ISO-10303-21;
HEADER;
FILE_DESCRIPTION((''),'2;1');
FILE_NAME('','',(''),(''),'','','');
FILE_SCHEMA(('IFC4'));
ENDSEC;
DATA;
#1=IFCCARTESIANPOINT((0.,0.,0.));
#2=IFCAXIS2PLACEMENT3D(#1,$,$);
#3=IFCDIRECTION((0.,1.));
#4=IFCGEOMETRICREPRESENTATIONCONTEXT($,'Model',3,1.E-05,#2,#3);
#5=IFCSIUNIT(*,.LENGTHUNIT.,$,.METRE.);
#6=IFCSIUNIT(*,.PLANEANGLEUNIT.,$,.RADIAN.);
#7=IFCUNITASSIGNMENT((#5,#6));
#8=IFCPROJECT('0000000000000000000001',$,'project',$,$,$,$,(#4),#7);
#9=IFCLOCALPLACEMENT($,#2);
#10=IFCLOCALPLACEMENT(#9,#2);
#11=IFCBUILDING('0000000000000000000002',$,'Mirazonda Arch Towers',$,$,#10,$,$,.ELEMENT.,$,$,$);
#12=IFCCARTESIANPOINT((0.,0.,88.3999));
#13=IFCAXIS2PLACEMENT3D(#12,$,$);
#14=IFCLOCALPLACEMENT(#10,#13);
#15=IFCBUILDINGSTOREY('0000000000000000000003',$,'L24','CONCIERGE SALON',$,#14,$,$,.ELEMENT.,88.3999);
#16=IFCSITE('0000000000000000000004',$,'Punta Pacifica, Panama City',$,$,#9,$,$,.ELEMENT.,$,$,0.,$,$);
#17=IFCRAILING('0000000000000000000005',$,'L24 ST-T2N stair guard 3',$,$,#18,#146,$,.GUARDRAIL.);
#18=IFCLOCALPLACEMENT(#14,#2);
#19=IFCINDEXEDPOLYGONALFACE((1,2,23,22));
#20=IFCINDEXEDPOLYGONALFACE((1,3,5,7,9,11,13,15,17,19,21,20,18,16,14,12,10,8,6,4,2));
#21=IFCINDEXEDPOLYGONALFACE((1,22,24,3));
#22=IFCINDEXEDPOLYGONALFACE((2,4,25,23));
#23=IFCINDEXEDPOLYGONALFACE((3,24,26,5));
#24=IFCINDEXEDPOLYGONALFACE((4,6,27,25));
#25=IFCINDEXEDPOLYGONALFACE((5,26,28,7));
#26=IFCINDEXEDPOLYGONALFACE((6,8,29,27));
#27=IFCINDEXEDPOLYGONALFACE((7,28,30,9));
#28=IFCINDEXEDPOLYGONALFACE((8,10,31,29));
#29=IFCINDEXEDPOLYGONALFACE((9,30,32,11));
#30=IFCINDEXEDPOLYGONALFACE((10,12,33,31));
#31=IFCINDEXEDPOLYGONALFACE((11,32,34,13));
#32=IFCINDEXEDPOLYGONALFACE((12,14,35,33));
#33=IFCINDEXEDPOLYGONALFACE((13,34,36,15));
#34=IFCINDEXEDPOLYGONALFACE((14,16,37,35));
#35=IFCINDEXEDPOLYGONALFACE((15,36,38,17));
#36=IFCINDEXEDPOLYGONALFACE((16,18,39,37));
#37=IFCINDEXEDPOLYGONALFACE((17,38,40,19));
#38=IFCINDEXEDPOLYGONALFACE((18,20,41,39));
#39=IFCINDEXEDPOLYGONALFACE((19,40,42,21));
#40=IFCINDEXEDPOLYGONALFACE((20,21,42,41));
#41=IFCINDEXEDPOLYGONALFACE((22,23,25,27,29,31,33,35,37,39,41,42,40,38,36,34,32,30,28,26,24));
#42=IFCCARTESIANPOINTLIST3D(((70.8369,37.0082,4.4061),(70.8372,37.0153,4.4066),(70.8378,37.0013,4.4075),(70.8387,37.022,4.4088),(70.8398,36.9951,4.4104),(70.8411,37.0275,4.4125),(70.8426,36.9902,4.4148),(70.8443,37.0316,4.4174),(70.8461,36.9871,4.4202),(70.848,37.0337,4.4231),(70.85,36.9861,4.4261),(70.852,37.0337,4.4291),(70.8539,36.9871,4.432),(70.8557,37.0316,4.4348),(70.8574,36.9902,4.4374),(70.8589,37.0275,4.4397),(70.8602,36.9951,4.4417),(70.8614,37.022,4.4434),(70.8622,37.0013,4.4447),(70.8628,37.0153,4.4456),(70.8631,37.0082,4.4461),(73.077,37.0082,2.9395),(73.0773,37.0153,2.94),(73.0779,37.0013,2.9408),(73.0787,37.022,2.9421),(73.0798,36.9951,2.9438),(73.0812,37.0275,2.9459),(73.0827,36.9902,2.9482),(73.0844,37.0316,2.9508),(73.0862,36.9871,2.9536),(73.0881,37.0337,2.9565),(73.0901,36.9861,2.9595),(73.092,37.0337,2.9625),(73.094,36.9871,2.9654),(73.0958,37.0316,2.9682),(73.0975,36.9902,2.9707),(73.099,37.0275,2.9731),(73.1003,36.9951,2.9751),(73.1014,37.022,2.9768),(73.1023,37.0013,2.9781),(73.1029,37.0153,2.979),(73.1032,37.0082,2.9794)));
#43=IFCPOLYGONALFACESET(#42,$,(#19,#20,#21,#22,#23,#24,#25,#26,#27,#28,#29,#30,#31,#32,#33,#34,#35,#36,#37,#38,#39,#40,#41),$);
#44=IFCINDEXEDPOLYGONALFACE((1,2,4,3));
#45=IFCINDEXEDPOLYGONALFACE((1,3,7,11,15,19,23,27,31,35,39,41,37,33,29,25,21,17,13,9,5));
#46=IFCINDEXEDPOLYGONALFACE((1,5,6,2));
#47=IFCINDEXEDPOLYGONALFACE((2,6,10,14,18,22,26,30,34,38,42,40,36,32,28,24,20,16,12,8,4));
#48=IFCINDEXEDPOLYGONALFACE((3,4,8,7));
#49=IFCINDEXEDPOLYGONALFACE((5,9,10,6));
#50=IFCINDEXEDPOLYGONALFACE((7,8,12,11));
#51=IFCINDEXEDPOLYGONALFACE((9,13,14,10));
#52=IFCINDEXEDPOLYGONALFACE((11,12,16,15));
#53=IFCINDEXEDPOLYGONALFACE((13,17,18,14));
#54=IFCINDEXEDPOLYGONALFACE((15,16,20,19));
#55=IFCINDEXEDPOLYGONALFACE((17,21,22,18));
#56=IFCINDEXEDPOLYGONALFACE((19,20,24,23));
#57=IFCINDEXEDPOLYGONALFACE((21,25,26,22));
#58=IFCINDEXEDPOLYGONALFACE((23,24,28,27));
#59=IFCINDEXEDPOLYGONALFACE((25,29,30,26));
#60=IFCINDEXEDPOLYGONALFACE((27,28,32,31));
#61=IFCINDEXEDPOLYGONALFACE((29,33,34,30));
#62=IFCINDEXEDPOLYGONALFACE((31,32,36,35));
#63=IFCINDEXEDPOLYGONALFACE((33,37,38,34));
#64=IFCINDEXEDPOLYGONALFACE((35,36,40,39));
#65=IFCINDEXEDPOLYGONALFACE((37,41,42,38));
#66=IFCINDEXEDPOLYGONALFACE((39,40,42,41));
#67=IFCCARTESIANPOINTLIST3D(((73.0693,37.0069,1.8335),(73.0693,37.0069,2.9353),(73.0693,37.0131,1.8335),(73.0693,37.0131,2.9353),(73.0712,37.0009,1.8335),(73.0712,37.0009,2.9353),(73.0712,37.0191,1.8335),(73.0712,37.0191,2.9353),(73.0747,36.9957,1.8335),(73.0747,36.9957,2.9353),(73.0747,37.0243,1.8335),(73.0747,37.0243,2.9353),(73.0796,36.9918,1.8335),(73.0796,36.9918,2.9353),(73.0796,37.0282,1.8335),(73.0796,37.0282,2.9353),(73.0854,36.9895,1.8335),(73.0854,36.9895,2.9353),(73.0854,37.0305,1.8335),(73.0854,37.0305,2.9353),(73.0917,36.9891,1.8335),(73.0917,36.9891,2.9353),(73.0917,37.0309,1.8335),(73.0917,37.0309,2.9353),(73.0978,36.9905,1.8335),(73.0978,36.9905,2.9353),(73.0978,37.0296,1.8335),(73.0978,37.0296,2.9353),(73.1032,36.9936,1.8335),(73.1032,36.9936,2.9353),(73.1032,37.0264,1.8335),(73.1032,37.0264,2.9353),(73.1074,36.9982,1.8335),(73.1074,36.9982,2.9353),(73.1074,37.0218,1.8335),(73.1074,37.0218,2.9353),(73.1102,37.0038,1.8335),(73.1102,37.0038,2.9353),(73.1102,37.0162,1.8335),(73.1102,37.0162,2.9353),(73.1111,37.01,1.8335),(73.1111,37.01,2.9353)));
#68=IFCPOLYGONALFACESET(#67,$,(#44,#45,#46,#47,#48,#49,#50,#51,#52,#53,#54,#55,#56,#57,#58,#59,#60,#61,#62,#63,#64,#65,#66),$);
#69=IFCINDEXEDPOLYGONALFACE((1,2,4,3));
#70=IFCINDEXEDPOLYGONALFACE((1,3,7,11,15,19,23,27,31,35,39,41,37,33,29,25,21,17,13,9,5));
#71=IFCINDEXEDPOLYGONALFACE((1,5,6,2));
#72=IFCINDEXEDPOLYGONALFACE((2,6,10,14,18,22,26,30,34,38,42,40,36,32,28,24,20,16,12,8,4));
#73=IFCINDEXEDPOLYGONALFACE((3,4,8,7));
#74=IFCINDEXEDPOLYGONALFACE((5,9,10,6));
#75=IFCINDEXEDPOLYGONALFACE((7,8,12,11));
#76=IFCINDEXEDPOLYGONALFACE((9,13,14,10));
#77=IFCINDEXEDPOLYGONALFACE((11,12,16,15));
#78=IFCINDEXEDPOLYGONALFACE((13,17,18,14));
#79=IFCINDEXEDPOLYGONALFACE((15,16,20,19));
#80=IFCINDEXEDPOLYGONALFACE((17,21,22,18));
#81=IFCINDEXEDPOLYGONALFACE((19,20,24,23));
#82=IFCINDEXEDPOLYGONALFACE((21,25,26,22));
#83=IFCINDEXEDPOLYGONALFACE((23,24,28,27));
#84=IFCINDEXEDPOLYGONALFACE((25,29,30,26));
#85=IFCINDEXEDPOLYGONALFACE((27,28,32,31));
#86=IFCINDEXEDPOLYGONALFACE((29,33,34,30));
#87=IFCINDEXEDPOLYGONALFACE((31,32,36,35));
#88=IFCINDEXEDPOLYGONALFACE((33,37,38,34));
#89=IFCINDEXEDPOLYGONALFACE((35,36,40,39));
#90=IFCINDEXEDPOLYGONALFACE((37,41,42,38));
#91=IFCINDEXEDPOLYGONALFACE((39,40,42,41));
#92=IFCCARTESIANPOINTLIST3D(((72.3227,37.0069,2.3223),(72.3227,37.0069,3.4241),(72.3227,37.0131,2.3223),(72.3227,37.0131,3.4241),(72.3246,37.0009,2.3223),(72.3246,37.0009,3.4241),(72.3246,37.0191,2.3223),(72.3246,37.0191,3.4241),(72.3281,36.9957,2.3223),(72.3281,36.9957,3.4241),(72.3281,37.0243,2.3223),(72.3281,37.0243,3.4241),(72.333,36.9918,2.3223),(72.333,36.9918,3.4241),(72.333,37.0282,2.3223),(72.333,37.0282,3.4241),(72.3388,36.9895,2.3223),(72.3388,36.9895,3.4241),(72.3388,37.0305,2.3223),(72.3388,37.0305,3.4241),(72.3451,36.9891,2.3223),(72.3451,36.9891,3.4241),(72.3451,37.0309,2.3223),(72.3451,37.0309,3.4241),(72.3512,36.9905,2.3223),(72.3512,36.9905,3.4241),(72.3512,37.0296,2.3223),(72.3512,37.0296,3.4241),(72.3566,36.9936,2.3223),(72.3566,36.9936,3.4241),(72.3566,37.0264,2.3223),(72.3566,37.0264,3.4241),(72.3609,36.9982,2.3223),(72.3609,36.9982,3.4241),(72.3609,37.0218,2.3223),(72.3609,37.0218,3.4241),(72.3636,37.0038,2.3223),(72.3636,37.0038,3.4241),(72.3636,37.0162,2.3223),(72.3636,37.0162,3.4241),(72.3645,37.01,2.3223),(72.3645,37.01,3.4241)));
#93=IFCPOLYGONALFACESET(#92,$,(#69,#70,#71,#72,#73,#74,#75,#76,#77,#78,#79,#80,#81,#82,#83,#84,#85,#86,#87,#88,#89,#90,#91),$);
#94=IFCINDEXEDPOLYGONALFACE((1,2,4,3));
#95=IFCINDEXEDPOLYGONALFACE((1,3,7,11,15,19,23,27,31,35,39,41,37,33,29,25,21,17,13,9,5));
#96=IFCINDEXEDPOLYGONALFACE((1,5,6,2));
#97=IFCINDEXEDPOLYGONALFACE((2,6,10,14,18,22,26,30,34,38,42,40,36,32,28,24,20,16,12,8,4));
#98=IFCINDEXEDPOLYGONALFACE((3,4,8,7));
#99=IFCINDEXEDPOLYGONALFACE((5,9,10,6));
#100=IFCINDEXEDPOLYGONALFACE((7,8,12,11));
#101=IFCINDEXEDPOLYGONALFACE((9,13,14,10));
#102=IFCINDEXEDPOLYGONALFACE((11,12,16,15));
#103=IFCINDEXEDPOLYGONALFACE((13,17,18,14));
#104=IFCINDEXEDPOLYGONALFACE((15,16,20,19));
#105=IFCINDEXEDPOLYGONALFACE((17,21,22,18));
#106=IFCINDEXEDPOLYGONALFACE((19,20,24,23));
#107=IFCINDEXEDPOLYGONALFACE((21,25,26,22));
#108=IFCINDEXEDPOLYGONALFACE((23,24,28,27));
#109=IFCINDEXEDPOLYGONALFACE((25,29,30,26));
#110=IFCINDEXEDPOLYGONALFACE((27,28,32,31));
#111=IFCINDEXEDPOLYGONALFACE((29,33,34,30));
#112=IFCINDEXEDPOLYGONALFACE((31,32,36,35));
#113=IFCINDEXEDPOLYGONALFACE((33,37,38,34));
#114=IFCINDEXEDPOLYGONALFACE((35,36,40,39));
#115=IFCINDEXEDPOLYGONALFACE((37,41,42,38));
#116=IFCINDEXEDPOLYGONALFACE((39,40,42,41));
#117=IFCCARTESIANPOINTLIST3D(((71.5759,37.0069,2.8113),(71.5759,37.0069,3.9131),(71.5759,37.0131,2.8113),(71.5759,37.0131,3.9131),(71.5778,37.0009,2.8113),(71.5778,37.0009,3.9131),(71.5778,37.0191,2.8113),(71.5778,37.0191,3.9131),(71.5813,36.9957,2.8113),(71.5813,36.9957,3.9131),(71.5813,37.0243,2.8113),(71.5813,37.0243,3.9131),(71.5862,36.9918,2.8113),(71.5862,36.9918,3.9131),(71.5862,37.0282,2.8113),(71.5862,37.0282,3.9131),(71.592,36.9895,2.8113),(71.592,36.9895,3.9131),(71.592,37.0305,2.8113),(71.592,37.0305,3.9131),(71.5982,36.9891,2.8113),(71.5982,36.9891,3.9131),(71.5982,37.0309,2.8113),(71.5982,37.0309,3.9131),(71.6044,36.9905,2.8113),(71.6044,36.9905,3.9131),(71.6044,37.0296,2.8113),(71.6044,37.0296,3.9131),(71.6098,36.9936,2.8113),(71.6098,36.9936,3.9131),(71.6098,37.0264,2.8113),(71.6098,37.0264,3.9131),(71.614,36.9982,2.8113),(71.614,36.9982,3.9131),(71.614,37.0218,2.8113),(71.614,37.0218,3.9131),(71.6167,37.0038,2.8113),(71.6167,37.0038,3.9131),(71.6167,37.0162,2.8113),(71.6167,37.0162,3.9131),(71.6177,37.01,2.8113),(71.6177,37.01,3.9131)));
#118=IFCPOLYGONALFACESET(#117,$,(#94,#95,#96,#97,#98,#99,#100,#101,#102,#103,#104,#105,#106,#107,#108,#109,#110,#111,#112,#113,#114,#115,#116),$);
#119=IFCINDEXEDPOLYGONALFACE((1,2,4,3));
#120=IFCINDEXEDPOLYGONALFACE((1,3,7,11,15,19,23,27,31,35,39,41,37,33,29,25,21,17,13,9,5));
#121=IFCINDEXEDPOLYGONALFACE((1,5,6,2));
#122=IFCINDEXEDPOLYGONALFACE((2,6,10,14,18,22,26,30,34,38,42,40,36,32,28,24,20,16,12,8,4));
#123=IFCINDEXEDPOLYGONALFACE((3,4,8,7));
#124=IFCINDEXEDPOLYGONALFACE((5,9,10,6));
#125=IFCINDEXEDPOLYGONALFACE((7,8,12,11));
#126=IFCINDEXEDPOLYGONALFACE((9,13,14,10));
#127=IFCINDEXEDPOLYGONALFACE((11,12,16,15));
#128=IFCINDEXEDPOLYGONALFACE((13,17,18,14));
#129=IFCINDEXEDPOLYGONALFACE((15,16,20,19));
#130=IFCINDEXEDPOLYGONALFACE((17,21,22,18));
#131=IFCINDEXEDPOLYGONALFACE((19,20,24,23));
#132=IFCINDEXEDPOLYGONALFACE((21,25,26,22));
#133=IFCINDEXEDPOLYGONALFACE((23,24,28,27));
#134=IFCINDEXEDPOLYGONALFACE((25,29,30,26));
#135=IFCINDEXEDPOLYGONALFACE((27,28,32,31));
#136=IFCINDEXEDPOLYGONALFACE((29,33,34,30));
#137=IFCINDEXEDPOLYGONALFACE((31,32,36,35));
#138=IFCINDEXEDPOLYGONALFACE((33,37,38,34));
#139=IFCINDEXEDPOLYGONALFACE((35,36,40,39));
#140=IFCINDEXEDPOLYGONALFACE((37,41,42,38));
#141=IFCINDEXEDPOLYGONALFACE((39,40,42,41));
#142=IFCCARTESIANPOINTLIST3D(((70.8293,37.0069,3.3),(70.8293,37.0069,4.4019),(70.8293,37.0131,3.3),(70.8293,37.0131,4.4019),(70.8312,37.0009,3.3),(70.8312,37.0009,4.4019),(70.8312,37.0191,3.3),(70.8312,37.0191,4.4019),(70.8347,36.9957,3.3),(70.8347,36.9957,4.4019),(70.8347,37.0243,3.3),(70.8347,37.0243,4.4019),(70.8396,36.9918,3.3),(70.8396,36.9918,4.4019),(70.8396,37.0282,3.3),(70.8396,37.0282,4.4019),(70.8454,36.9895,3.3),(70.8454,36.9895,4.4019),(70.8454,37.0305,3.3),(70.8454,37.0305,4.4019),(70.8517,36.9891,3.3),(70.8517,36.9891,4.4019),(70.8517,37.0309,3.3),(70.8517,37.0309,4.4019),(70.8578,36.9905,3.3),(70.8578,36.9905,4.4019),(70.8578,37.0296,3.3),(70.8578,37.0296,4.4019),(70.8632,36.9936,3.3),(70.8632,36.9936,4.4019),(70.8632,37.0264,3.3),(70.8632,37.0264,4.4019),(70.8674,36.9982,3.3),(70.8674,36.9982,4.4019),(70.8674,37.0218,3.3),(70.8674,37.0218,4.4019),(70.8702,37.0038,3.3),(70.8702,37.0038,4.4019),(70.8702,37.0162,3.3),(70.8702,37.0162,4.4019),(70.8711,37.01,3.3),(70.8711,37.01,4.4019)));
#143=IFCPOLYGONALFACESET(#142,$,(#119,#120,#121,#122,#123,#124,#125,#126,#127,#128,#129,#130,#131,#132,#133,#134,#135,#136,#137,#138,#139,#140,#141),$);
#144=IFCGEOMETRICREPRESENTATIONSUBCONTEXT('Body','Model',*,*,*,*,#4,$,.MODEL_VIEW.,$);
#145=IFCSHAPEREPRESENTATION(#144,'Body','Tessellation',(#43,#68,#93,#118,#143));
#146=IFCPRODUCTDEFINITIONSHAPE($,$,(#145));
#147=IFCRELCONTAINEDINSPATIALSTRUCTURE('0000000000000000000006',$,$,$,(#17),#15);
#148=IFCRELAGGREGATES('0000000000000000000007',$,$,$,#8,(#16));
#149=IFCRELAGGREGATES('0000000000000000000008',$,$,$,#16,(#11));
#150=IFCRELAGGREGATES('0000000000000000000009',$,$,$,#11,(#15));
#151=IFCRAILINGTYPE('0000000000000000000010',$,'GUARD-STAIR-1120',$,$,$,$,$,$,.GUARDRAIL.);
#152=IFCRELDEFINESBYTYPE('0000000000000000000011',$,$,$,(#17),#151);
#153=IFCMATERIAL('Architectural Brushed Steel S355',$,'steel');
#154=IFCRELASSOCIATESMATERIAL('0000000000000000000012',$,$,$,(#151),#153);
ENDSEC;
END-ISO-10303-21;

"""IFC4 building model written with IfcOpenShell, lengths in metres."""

from ifc_helpers import new_model, si_unit, direction, frame, origin, origin_2d, place, context, subcontext, project, spatial, circle, extrude, material, type_object, element, save


model = new_model("IFC4")

# Units and contexts
model_context = context("Model", 3, precision=1e-05, world=origin(), true_north=direction((0.0, 1.0)))
body_context = subcontext(model_context, "Body", "Model", "MODEL_VIEW")
ifc_project = project(units=[si_unit("LENGTHUNIT", "METRE"), si_unit("PLANEANGLEUNIT", "RADIAN")], contexts=[model_context])

# Site, building, storey
site_placement = place(None, origin())
site = spatial("IfcSite", under=ifc_project, at=site_placement, Name="Punta Pacifica, Panama City", CompositionType="ELEMENT", RefElevation=0.0)
building_placement = place(site_placement, origin())
building = spatial("IfcBuilding", under=site, at=building_placement, Name="Mirazonda Arch Towers", CompositionType="ELEMENT")
storey_placement = place(building_placement, frame((0.0, 0.0, 88.3999)))
storey = spatial("IfcBuildingStorey", under=building, at=storey_placement, Name="L24", Description="CONCIERGE SALON", CompositionType="ELEMENT", Elevation=88.3999)

# Railing
ifc_material_1 = material(Name="Architectural Brushed Steel S355", Category="steel")
railing_type_1 = type_object("IfcRailingType", Name="GUARD-STAIR-1120", PredefinedType="GUARDRAIL", material=ifc_material_1)
railing_1_placement = place(storey_placement, frame((73.0901, 37.01, 1.8335)))
element("IfcRailing", 1, at=railing_1_placement, inside=storey, type_object=railing_type_1, Name="L24 ST-T2N stair guard 3", PredefinedType="GUARDRAIL", context=body_context, shape_type="SweptSolid", body=[
    extrude(circle(Radius=0.0239, at=origin_2d()), frame((0.0, 0.0, 1.126), z_axis=(-0.836637, 0.0, 0.547758), x_axis=(0.0, -1.0, 0.0)), (0.0, 0.0, 1.0), 2.6775),
    extrude(circle(Radius=0.021, at=origin_2d()), origin(), (0.0, 0.0, 1.0), 1.1018),
    extrude(circle(Radius=0.021, at=origin_2d()), frame((-0.7466, 0.0, 0.4888)), (0.0, 0.0, 1.0), 1.1018),
    extrude(circle(Radius=0.021, at=origin_2d()), frame((-1.4934, 0.0, 0.9778)), (0.0, 0.0, 1.0), 1.1018),
    extrude(circle(Radius=0.021, at=origin_2d()), frame((-2.24, 0.0, 1.4666)), (0.0, 0.0, 1.0), 1.1018),
])

save(model, "model.ifc")
